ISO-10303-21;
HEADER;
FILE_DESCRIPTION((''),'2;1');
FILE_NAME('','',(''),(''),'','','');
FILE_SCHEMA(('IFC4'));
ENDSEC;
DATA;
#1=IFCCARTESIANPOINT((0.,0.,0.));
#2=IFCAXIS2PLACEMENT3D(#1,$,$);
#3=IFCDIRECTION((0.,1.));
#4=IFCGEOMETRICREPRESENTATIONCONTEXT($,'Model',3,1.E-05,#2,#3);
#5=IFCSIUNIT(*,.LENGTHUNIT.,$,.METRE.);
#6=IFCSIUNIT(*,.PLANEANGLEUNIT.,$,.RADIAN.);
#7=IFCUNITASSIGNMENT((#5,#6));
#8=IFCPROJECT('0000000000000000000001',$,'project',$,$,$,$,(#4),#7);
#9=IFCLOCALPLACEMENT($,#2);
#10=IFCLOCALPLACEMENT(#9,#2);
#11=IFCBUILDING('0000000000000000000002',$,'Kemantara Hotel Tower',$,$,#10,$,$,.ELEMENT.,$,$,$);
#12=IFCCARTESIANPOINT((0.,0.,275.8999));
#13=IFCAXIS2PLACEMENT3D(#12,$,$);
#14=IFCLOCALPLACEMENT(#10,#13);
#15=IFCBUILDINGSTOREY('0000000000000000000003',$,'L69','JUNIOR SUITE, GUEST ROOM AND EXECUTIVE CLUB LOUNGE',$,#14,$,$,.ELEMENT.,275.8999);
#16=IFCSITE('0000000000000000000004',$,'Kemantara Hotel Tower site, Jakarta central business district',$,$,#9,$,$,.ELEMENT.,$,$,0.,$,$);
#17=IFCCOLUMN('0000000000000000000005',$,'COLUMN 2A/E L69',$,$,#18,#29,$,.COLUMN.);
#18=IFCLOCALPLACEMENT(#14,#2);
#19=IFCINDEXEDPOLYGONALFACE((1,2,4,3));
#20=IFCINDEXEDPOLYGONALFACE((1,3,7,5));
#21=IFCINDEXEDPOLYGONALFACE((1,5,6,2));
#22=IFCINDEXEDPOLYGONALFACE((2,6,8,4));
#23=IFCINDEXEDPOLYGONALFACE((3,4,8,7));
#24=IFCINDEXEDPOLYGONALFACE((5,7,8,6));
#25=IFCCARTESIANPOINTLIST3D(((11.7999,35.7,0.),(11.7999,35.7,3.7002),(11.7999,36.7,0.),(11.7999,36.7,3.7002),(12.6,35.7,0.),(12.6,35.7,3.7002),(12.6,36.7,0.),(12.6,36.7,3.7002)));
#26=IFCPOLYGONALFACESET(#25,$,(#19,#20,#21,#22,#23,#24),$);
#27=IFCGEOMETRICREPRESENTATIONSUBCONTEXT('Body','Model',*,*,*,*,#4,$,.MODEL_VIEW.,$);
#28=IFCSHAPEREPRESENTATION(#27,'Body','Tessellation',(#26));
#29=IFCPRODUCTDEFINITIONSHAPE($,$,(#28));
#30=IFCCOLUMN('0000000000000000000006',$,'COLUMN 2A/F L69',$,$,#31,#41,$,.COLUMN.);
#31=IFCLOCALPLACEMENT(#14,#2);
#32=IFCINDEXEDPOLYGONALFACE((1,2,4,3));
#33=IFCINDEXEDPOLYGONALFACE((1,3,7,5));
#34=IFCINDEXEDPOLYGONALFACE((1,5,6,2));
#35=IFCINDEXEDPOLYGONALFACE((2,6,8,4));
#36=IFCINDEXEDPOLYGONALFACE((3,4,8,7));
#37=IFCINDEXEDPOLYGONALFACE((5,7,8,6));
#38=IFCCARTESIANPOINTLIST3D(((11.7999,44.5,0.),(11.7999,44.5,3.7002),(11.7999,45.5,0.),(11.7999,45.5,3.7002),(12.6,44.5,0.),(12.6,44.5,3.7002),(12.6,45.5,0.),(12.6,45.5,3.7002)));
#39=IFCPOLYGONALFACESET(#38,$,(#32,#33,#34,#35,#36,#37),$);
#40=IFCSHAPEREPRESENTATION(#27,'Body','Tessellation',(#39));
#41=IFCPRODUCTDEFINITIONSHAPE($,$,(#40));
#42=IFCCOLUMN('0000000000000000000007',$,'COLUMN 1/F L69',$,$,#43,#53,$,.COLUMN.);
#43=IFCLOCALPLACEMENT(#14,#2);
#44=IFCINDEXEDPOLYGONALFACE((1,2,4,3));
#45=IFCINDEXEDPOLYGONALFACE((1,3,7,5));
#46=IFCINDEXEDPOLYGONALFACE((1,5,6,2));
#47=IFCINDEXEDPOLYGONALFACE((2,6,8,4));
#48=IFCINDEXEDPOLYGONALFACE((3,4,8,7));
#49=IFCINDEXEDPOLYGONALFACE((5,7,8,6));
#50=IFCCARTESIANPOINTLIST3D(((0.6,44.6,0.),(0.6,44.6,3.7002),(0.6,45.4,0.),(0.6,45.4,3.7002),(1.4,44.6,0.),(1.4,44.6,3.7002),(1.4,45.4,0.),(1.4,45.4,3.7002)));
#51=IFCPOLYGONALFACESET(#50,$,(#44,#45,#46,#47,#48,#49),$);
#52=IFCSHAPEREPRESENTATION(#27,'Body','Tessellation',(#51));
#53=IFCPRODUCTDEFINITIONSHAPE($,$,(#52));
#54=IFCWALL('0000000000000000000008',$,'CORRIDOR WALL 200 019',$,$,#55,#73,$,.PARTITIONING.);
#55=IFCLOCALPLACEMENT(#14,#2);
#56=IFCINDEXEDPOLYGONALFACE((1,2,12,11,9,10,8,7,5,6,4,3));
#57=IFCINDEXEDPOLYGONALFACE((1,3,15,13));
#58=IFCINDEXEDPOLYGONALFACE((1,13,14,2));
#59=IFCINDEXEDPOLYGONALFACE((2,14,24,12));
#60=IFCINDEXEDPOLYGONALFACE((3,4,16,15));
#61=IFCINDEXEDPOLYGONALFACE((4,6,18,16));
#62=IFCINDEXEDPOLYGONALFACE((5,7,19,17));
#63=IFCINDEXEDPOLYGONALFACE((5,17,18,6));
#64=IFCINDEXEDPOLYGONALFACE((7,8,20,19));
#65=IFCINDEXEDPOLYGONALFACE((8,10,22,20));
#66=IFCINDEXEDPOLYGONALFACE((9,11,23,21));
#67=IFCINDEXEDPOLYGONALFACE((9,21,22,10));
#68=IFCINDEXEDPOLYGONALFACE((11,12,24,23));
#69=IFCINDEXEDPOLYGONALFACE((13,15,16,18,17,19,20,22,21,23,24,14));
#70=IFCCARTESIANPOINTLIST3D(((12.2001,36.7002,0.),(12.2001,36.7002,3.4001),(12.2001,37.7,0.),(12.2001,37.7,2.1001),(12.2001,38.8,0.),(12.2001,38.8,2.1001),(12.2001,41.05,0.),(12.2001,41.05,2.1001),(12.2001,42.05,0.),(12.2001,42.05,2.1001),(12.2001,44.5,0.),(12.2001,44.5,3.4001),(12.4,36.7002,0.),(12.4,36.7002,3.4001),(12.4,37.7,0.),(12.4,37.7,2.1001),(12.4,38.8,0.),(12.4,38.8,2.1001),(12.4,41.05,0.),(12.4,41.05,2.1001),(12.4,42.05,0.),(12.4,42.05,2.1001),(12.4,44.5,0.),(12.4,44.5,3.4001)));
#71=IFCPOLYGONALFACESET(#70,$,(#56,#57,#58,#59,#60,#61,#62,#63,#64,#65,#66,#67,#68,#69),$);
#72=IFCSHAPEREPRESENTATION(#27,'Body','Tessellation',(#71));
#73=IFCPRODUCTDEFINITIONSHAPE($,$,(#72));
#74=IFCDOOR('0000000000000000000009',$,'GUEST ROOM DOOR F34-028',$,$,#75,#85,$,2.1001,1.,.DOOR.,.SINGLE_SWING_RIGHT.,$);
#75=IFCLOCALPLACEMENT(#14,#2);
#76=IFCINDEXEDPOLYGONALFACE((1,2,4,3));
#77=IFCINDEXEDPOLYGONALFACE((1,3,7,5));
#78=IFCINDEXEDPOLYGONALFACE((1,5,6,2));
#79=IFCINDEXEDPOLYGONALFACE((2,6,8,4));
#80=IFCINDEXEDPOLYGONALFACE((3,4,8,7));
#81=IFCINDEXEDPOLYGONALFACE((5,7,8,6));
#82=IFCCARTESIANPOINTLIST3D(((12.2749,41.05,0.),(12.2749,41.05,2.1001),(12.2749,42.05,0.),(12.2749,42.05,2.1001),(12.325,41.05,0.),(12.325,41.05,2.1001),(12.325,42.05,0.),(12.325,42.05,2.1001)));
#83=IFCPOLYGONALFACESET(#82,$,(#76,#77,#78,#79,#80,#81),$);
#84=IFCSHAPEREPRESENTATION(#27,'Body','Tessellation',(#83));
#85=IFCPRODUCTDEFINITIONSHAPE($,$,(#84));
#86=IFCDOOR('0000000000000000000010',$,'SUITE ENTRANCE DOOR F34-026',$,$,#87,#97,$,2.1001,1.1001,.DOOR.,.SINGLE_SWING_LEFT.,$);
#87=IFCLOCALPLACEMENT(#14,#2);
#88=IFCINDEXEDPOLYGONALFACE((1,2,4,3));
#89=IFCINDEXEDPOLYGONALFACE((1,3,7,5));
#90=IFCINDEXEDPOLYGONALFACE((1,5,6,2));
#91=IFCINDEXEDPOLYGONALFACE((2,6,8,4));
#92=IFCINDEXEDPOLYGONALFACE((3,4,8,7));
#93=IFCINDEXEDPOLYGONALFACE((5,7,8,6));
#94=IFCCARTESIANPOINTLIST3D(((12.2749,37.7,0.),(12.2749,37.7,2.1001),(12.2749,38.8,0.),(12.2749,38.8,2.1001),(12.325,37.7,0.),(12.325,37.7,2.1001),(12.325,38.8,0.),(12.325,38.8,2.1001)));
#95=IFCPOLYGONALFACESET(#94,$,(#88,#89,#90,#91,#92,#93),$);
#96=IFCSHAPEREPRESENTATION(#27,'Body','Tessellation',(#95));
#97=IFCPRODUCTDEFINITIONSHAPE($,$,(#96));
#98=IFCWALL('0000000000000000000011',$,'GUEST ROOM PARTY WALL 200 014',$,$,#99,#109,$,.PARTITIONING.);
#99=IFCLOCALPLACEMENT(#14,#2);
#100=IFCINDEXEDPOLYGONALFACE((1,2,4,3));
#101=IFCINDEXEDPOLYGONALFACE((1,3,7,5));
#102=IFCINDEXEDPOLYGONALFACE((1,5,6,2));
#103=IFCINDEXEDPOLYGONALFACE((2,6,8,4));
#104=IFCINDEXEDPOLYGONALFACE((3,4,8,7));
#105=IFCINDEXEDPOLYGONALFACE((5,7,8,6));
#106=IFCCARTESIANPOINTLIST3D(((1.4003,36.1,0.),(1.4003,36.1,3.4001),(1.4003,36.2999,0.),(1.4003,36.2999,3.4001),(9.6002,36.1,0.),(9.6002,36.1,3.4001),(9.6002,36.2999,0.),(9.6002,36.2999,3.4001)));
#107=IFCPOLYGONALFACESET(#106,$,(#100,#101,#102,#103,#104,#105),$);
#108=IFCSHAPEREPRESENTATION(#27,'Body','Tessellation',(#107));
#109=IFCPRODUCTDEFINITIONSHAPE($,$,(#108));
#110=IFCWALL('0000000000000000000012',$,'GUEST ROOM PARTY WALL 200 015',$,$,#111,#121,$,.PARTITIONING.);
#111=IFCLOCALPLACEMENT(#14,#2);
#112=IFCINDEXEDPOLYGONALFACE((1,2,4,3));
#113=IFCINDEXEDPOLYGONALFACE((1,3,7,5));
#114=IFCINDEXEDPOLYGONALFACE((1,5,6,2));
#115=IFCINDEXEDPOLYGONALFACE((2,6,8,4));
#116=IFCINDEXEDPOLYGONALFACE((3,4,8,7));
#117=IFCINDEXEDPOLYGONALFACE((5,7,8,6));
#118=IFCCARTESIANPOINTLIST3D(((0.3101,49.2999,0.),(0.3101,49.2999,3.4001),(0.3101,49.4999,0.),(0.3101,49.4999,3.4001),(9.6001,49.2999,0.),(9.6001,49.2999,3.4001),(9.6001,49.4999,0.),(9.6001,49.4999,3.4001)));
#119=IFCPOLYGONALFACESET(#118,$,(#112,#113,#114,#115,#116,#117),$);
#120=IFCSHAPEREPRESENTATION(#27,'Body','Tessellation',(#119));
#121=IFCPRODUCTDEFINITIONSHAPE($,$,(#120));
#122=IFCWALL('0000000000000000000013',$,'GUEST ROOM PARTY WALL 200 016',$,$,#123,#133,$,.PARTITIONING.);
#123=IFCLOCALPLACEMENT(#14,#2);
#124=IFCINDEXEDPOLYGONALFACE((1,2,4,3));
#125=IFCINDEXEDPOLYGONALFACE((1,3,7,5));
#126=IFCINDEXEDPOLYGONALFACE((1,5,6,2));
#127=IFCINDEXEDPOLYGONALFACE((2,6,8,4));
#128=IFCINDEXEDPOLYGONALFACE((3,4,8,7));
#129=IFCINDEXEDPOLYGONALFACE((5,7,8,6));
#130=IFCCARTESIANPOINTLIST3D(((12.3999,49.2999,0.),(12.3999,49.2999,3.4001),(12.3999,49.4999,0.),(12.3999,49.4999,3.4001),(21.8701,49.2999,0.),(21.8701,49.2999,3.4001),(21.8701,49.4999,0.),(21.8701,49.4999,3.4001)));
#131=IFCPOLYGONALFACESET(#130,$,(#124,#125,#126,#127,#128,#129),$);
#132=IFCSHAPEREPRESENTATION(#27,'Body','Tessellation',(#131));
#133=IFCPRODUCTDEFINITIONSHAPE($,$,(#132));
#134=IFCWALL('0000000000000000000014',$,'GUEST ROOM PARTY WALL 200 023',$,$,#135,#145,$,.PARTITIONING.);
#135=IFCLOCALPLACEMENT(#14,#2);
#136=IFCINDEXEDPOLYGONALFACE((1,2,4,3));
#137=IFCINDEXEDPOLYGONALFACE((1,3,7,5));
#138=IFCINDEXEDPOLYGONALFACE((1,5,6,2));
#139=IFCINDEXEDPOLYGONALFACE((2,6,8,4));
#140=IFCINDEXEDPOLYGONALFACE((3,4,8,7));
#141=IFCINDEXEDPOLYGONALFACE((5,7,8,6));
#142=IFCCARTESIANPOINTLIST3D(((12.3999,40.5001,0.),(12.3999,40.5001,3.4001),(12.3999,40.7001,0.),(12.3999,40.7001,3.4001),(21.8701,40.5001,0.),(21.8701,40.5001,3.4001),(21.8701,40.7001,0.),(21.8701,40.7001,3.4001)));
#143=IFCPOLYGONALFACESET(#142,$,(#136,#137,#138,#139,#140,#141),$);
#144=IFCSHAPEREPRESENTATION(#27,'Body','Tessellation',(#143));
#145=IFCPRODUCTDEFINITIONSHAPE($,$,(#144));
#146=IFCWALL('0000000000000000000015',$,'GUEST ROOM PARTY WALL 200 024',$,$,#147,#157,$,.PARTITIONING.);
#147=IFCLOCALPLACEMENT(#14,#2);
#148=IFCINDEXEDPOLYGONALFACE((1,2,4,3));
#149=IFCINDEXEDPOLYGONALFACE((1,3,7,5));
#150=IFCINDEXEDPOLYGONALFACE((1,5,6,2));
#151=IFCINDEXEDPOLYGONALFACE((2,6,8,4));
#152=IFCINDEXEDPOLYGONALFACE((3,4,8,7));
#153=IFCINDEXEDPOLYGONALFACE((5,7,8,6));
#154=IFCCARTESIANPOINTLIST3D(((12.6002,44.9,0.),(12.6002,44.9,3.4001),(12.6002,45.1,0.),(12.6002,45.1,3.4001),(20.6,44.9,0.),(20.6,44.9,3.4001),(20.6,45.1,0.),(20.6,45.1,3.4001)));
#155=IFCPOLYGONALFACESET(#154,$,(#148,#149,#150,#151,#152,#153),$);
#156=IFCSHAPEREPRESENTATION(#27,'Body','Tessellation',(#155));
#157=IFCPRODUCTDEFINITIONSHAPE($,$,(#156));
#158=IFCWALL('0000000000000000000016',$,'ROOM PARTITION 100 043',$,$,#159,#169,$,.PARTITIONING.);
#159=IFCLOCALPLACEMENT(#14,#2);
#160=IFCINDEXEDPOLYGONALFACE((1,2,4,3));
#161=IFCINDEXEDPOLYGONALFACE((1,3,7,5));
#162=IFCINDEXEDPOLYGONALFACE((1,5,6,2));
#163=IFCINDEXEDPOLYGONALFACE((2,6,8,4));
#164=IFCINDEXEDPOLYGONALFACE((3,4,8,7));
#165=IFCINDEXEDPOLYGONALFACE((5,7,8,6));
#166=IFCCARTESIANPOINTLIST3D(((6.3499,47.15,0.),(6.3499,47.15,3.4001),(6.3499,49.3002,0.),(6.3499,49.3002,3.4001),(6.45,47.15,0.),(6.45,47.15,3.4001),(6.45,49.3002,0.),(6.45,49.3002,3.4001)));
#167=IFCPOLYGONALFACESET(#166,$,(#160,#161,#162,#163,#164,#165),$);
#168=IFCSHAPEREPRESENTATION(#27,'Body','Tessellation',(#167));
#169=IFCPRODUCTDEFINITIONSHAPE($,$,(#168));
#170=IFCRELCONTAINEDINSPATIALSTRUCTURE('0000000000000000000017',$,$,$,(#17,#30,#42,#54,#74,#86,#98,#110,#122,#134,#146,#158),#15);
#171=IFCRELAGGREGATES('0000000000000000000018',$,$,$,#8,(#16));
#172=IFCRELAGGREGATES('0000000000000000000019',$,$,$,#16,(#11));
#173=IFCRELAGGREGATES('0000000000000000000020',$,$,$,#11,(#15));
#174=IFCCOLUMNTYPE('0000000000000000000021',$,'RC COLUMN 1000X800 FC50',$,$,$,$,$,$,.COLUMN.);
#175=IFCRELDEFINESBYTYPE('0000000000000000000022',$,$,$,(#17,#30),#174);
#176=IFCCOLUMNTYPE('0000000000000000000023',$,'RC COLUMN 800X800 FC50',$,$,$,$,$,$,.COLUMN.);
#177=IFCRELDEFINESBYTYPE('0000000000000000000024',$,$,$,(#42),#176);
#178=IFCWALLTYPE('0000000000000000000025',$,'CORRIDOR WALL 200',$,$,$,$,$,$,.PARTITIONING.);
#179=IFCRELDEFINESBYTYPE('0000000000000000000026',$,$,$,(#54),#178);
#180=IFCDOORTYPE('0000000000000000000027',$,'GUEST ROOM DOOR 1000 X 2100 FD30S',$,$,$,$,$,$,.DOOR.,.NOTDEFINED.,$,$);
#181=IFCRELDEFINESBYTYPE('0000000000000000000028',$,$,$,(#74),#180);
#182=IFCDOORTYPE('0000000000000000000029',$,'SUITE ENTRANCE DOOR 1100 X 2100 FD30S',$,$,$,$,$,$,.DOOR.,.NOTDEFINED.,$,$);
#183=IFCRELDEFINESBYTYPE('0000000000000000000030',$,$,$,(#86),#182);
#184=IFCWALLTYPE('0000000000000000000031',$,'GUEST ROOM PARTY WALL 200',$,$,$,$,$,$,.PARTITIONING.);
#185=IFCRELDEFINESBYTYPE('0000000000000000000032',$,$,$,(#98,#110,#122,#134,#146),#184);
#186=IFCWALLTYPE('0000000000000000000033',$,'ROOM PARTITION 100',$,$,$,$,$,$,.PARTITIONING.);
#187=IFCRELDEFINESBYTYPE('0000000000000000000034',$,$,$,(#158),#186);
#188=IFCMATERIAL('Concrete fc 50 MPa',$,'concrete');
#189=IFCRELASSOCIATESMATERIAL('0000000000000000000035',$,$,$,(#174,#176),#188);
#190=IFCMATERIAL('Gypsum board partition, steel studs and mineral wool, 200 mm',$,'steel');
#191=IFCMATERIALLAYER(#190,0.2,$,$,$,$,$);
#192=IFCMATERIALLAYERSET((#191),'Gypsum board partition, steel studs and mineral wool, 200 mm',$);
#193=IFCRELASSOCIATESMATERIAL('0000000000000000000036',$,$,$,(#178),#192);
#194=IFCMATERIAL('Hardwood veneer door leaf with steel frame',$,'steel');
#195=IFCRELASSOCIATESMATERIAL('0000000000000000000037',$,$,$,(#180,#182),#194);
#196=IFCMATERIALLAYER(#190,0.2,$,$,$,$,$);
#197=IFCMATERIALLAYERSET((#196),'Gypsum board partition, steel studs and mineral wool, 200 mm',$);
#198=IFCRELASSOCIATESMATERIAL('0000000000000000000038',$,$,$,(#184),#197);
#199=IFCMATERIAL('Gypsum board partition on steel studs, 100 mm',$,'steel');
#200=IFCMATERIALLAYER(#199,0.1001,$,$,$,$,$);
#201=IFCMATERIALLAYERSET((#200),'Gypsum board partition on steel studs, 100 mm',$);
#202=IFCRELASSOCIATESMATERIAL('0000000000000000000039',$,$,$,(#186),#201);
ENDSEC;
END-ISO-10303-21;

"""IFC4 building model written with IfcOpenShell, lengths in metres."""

from ifc_helpers import new_model, si_unit, direction, frame, frame_2d, origin, origin_2d, place, context, subcontext, project, spatial, rectangle, extrude, material, layer, layer_set, material_profile, profile_set, type_object, element, fill, save


model = new_model("IFC4")

# Units and contexts
model_context = context("Model", 3, precision=1e-05, world=origin(), true_north=direction((0.0, 1.0)))
body_context = subcontext(model_context, "Body", "Model", "MODEL_VIEW")
ifc_project = project(units=[si_unit("LENGTHUNIT", "METRE"), si_unit("PLANEANGLEUNIT", "RADIAN")], contexts=[model_context])

# Site, building, storey
site_placement = place(None, origin())
site = spatial("IfcSite", under=ifc_project, at=site_placement, Name="Kemantara Hotel Tower site, Jakarta central business district", CompositionType="ELEMENT", RefElevation=0.0)
building_placement = place(site_placement, origin())
building = spatial("IfcBuilding", under=site, at=building_placement, Name="Kemantara Hotel Tower", CompositionType="ELEMENT")
storey_placement = place(building_placement, frame((0.0, 0.0, 275.8999)))
storey = spatial("IfcBuildingStorey", under=building, at=storey_placement, Name="L69", Description="JUNIOR SUITE, GUEST ROOM AND EXECUTIVE CLUB LOUNGE", CompositionType="ELEMENT", Elevation=275.8999)

# Columns
ifc_material_1 = material(Name="Concrete fc 50 MPa", Category="concrete")
ifc_material_profile_1 = material_profile(ifc_material_1, rectangle(XDim=1.0, YDim=0.8, at=origin_2d()), Name="RC 1000X800")
ifc_profile_set_1 = profile_set([ifc_material_profile_1], Name="Concrete fc 50 MPa")
column_type_1 = type_object("IfcColumnType", Name="RC COLUMN 1000X800 FC50", PredefinedType="COLUMN", material=ifc_profile_set_1)
for number, where, z_axis, x_axis, name in (
    (1, (12.2, 36.2, 0.0), (0.0, 0.0, 1.0), (0.0, 1.0, 0.0), "COLUMN 2A/E L69"),
    (2, (12.2, 45.0, 0.0), (0.0, 0.0, 1.0), (0.0, 1.0, 0.0), "COLUMN 2A/F L69"),
):
    element("IfcColumn", number, at=place(storey_placement, frame(where, z_axis=z_axis, x_axis=x_axis)), inside=storey, type_object=column_type_1, Name=name, PredefinedType="COLUMN", context=body_context, shape_type="SweptSolid", body=[
        extrude(rectangle(XDim=1.0, YDim=0.8, at=origin_2d()), origin(), (0.0, 0.0, 1.0), 3.7002),
    ])
ifc_material_profile_2 = material_profile(ifc_material_1, rectangle(XDim=0.8, YDim=0.8, at=origin_2d()), Name="RC 800X800")
ifc_profile_set_2 = profile_set([ifc_material_profile_2], Name="Concrete fc 50 MPa")
column_type_2 = type_object("IfcColumnType", Name="RC COLUMN 800X800 FC50", PredefinedType="COLUMN", material=ifc_profile_set_2)
column_placement = place(storey_placement, frame((1.0, 45.0, 0.0), z_axis=(0.0, 0.0, 1.0), x_axis=(1.0, 0.0, 0.0)))
element("IfcColumn", 3, at=column_placement, inside=storey, type_object=column_type_2, Name="COLUMN 1/F L69", PredefinedType="COLUMN", context=body_context, shape_type="SweptSolid", body=[
    extrude(rectangle(XDim=0.8, YDim=0.8, at=origin_2d()), origin(), (0.0, 0.0, 1.0), 3.7002),
])

# Wall, openings, doors
ifc_material_2 = material(Name="Gypsum board partition, steel studs and mineral wool, 200 mm", Category="steel")
ifc_layer_1 = layer(ifc_material_2, 0.2)
ifc_layer_set_1 = layer_set([ifc_layer_1], Name="Gypsum board partition, steel studs and mineral wool, 200 mm")
wall_type_1 = type_object("IfcWallType", Name="CORRIDOR WALL 200", PredefinedType="PARTITIONING", material=ifc_layer_set_1)
wall_1_placement = place(storey_placement, frame((12.3, 44.5, 0.0), z_axis=(0.0, 0.0, 1.0), x_axis=(0.0, -1.0, 0.0)))
wall_1 = element("IfcWall", 4, at=wall_1_placement, inside=storey, type_object=wall_type_1, Name="CORRIDOR WALL 200 019", PredefinedType="PARTITIONING", context=body_context, shape_type="SweptSolid", body=[
    extrude(rectangle(XDim=7.7998, YDim=0.2, at=frame_2d((3.8999, 0.0))), origin(), (0.0, 0.0, 1.0), 3.4001),
])
opening_1_placement = place(wall_1_placement, frame((5.7, 0.0, 0.0)))
opening_1 = element("IfcOpeningElement", 5, at=opening_1_placement, cuts=wall_1, PredefinedType="OPENING", context=body_context, shape_type="SweptSolid", body=[
    extrude(rectangle(XDim=1.1001, YDim=2.1001, at=frame_2d((0.55, 1.05))), frame((0.0, 0.1099, 0.0), z_axis=(0.0, -1.0, 0.0), x_axis=(1.0, 0.0, 0.0)), (0.0, 0.0, 1.0), 0.22),
])
opening_2_placement = place(wall_1_placement, frame((2.45, 0.0, 0.0)))
opening_2 = element("IfcOpeningElement", 6, at=opening_2_placement, cuts=wall_1, PredefinedType="OPENING", context=body_context, shape_type="SweptSolid", body=[
    extrude(rectangle(XDim=1.0, YDim=2.1001, at=frame_2d((0.5, 1.05))), frame((0.0, 0.1099, 0.0), z_axis=(0.0, -1.0, 0.0), x_axis=(1.0, 0.0, 0.0)), (0.0, 0.0, 1.0), 0.22),
])
ifc_material_3 = material(Name="Hardwood veneer door leaf with steel frame", Category="steel")
door_type_1 = type_object("IfcDoorType", Name="GUEST ROOM DOOR 1000 X 2100 FD30S", OperationType="NOTDEFINED", PredefinedType="DOOR", material=ifc_material_3)
door_1_placement = place(opening_2_placement, origin())
door_1 = element("IfcDoor", 7, at=door_1_placement, inside=storey, type_object=door_type_1, Name="GUEST ROOM DOOR F34-028", OperationType="SINGLE_SWING_RIGHT", OverallHeight=2.1001, OverallWidth=1.0, PredefinedType="DOOR", context=body_context, shape_type="SweptSolid", body=[
    extrude(rectangle(XDim=1.0, YDim=2.1001, at=frame_2d((0.5, 1.05))), frame((0.0, 0.0249, 0.0), z_axis=(0.0, -1.0, 0.0), x_axis=(1.0, 0.0, 0.0)), (0.0, 0.0, 1.0), 0.05),
])
fill(opening_2, door_1)
door_type_2 = type_object("IfcDoorType", Name="SUITE ENTRANCE DOOR 1100 X 2100 FD30S", OperationType="NOTDEFINED", PredefinedType="DOOR", material=ifc_material_3)
door_2_placement = place(opening_1_placement, origin())
door_2 = element("IfcDoor", 8, at=door_2_placement, inside=storey, type_object=door_type_2, Name="SUITE ENTRANCE DOOR F34-026", OperationType="SINGLE_SWING_LEFT", OverallHeight=2.1001, OverallWidth=1.1001, PredefinedType="DOOR", context=body_context, shape_type="SweptSolid", body=[
    extrude(rectangle(XDim=1.1001, YDim=2.1001, at=frame_2d((0.55, 1.05))), frame((0.0, 0.0249, 0.0), z_axis=(0.0, -1.0, 0.0), x_axis=(1.0, 0.0, 0.0)), (0.0, 0.0, 1.0), 0.05),
])
fill(opening_1, door_2)

# Walls
ifc_layer_2 = layer(ifc_material_2, 0.2)
ifc_layer_set_2 = layer_set([ifc_layer_2], Name="Gypsum board partition, steel studs and mineral wool, 200 mm")
wall_type_2 = type_object("IfcWallType", Name="GUEST ROOM PARTY WALL 200", PredefinedType="PARTITIONING", material=ifc_layer_set_2)
wall_2_placement = place(storey_placement, frame((1.4001, 36.2, 0.0), z_axis=(0.0, 0.0, 1.0), x_axis=(1.0, 0.0, 0.0)))
element("IfcWall", 9, at=wall_2_placement, inside=storey, type_object=wall_type_2, Name="GUEST ROOM PARTY WALL 200 014", PredefinedType="PARTITIONING", context=body_context, shape_type="SweptSolid", body=[
    extrude(rectangle(XDim=8.2, YDim=0.2, at=frame_2d((4.1001, 0.0))), origin(), (0.0, 0.0, 1.0), 3.4001),
])
wall_3_placement = place(storey_placement, frame((0.3101, 49.3999, 0.0), z_axis=(0.0, 0.0, 1.0), x_axis=(1.0, 0.0, 0.0)))
element("IfcWall", 10, at=wall_3_placement, inside=storey, type_object=wall_type_2, Name="GUEST ROOM PARTY WALL 200 015", PredefinedType="PARTITIONING", context=body_context, shape_type="SweptSolid", body=[
    extrude(rectangle(XDim=9.29, YDim=0.2, at=frame_2d((4.645, 0.0))), origin(), (0.0, 0.0, 1.0), 3.4001),
])
for number, where, z_axis, x_axis, name in (
    (11, (12.3999, 49.3999, 0.0), (0.0, 0.0, 1.0), (1.0, 0.0, 0.0), "GUEST ROOM PARTY WALL 200 016"),
    (12, (12.3999, 40.6001, 0.0), (0.0, 0.0, 1.0), (1.0, 0.0, 0.0), "GUEST ROOM PARTY WALL 200 023"),
):
    element("IfcWall", number, at=place(storey_placement, frame(where, z_axis=z_axis, x_axis=x_axis)), inside=storey, type_object=wall_type_2, Name=name, PredefinedType="PARTITIONING", context=body_context, shape_type="SweptSolid", body=[
        extrude(rectangle(XDim=9.4702, YDim=0.2, at=frame_2d((4.7351, 0.0))), origin(), (0.0, 0.0, 1.0), 3.4001),
    ])
wall_4_placement = place(storey_placement, frame((12.6001, 45.0, 0.0), z_axis=(0.0, 0.0, 1.0), x_axis=(1.0, 0.0, 0.0)))
element("IfcWall", 13, at=wall_4_placement, inside=storey, type_object=wall_type_2, Name="GUEST ROOM PARTY WALL 200 024", PredefinedType="PARTITIONING", context=body_context, shape_type="SweptSolid", body=[
    extrude(rectangle(XDim=7.9998, YDim=0.2, at=frame_2d((4.0, 0.0))), origin(), (0.0, 0.0, 1.0), 3.4001),
])
ifc_material_4 = material(Name="Gypsum board partition on steel studs, 100 mm", Category="steel")
ifc_layer_3 = layer(ifc_material_4, 0.1001)
ifc_layer_set_3 = layer_set([ifc_layer_3], Name="Gypsum board partition on steel studs, 100 mm")
wall_type_3 = type_object("IfcWallType", Name="ROOM PARTITION 100", PredefinedType="PARTITIONING", material=ifc_layer_set_3)
wall_5_placement = place(storey_placement, frame((6.3999, 47.1499, 0.0), z_axis=(0.0, 0.0, 1.0), x_axis=(0.0, 1.0, 0.0)))
element("IfcWall", 14, at=wall_5_placement, inside=storey, type_object=wall_type_3, Name="ROOM PARTITION 100 043", PredefinedType="PARTITIONING", context=body_context, shape_type="SweptSolid", body=[
    extrude(rectangle(XDim=2.1501, YDim=0.1001, at=frame_2d((1.0752, 0.0))), origin(), (0.0, 0.0, 1.0), 3.4001),
])

save(model, "model.ifc")
